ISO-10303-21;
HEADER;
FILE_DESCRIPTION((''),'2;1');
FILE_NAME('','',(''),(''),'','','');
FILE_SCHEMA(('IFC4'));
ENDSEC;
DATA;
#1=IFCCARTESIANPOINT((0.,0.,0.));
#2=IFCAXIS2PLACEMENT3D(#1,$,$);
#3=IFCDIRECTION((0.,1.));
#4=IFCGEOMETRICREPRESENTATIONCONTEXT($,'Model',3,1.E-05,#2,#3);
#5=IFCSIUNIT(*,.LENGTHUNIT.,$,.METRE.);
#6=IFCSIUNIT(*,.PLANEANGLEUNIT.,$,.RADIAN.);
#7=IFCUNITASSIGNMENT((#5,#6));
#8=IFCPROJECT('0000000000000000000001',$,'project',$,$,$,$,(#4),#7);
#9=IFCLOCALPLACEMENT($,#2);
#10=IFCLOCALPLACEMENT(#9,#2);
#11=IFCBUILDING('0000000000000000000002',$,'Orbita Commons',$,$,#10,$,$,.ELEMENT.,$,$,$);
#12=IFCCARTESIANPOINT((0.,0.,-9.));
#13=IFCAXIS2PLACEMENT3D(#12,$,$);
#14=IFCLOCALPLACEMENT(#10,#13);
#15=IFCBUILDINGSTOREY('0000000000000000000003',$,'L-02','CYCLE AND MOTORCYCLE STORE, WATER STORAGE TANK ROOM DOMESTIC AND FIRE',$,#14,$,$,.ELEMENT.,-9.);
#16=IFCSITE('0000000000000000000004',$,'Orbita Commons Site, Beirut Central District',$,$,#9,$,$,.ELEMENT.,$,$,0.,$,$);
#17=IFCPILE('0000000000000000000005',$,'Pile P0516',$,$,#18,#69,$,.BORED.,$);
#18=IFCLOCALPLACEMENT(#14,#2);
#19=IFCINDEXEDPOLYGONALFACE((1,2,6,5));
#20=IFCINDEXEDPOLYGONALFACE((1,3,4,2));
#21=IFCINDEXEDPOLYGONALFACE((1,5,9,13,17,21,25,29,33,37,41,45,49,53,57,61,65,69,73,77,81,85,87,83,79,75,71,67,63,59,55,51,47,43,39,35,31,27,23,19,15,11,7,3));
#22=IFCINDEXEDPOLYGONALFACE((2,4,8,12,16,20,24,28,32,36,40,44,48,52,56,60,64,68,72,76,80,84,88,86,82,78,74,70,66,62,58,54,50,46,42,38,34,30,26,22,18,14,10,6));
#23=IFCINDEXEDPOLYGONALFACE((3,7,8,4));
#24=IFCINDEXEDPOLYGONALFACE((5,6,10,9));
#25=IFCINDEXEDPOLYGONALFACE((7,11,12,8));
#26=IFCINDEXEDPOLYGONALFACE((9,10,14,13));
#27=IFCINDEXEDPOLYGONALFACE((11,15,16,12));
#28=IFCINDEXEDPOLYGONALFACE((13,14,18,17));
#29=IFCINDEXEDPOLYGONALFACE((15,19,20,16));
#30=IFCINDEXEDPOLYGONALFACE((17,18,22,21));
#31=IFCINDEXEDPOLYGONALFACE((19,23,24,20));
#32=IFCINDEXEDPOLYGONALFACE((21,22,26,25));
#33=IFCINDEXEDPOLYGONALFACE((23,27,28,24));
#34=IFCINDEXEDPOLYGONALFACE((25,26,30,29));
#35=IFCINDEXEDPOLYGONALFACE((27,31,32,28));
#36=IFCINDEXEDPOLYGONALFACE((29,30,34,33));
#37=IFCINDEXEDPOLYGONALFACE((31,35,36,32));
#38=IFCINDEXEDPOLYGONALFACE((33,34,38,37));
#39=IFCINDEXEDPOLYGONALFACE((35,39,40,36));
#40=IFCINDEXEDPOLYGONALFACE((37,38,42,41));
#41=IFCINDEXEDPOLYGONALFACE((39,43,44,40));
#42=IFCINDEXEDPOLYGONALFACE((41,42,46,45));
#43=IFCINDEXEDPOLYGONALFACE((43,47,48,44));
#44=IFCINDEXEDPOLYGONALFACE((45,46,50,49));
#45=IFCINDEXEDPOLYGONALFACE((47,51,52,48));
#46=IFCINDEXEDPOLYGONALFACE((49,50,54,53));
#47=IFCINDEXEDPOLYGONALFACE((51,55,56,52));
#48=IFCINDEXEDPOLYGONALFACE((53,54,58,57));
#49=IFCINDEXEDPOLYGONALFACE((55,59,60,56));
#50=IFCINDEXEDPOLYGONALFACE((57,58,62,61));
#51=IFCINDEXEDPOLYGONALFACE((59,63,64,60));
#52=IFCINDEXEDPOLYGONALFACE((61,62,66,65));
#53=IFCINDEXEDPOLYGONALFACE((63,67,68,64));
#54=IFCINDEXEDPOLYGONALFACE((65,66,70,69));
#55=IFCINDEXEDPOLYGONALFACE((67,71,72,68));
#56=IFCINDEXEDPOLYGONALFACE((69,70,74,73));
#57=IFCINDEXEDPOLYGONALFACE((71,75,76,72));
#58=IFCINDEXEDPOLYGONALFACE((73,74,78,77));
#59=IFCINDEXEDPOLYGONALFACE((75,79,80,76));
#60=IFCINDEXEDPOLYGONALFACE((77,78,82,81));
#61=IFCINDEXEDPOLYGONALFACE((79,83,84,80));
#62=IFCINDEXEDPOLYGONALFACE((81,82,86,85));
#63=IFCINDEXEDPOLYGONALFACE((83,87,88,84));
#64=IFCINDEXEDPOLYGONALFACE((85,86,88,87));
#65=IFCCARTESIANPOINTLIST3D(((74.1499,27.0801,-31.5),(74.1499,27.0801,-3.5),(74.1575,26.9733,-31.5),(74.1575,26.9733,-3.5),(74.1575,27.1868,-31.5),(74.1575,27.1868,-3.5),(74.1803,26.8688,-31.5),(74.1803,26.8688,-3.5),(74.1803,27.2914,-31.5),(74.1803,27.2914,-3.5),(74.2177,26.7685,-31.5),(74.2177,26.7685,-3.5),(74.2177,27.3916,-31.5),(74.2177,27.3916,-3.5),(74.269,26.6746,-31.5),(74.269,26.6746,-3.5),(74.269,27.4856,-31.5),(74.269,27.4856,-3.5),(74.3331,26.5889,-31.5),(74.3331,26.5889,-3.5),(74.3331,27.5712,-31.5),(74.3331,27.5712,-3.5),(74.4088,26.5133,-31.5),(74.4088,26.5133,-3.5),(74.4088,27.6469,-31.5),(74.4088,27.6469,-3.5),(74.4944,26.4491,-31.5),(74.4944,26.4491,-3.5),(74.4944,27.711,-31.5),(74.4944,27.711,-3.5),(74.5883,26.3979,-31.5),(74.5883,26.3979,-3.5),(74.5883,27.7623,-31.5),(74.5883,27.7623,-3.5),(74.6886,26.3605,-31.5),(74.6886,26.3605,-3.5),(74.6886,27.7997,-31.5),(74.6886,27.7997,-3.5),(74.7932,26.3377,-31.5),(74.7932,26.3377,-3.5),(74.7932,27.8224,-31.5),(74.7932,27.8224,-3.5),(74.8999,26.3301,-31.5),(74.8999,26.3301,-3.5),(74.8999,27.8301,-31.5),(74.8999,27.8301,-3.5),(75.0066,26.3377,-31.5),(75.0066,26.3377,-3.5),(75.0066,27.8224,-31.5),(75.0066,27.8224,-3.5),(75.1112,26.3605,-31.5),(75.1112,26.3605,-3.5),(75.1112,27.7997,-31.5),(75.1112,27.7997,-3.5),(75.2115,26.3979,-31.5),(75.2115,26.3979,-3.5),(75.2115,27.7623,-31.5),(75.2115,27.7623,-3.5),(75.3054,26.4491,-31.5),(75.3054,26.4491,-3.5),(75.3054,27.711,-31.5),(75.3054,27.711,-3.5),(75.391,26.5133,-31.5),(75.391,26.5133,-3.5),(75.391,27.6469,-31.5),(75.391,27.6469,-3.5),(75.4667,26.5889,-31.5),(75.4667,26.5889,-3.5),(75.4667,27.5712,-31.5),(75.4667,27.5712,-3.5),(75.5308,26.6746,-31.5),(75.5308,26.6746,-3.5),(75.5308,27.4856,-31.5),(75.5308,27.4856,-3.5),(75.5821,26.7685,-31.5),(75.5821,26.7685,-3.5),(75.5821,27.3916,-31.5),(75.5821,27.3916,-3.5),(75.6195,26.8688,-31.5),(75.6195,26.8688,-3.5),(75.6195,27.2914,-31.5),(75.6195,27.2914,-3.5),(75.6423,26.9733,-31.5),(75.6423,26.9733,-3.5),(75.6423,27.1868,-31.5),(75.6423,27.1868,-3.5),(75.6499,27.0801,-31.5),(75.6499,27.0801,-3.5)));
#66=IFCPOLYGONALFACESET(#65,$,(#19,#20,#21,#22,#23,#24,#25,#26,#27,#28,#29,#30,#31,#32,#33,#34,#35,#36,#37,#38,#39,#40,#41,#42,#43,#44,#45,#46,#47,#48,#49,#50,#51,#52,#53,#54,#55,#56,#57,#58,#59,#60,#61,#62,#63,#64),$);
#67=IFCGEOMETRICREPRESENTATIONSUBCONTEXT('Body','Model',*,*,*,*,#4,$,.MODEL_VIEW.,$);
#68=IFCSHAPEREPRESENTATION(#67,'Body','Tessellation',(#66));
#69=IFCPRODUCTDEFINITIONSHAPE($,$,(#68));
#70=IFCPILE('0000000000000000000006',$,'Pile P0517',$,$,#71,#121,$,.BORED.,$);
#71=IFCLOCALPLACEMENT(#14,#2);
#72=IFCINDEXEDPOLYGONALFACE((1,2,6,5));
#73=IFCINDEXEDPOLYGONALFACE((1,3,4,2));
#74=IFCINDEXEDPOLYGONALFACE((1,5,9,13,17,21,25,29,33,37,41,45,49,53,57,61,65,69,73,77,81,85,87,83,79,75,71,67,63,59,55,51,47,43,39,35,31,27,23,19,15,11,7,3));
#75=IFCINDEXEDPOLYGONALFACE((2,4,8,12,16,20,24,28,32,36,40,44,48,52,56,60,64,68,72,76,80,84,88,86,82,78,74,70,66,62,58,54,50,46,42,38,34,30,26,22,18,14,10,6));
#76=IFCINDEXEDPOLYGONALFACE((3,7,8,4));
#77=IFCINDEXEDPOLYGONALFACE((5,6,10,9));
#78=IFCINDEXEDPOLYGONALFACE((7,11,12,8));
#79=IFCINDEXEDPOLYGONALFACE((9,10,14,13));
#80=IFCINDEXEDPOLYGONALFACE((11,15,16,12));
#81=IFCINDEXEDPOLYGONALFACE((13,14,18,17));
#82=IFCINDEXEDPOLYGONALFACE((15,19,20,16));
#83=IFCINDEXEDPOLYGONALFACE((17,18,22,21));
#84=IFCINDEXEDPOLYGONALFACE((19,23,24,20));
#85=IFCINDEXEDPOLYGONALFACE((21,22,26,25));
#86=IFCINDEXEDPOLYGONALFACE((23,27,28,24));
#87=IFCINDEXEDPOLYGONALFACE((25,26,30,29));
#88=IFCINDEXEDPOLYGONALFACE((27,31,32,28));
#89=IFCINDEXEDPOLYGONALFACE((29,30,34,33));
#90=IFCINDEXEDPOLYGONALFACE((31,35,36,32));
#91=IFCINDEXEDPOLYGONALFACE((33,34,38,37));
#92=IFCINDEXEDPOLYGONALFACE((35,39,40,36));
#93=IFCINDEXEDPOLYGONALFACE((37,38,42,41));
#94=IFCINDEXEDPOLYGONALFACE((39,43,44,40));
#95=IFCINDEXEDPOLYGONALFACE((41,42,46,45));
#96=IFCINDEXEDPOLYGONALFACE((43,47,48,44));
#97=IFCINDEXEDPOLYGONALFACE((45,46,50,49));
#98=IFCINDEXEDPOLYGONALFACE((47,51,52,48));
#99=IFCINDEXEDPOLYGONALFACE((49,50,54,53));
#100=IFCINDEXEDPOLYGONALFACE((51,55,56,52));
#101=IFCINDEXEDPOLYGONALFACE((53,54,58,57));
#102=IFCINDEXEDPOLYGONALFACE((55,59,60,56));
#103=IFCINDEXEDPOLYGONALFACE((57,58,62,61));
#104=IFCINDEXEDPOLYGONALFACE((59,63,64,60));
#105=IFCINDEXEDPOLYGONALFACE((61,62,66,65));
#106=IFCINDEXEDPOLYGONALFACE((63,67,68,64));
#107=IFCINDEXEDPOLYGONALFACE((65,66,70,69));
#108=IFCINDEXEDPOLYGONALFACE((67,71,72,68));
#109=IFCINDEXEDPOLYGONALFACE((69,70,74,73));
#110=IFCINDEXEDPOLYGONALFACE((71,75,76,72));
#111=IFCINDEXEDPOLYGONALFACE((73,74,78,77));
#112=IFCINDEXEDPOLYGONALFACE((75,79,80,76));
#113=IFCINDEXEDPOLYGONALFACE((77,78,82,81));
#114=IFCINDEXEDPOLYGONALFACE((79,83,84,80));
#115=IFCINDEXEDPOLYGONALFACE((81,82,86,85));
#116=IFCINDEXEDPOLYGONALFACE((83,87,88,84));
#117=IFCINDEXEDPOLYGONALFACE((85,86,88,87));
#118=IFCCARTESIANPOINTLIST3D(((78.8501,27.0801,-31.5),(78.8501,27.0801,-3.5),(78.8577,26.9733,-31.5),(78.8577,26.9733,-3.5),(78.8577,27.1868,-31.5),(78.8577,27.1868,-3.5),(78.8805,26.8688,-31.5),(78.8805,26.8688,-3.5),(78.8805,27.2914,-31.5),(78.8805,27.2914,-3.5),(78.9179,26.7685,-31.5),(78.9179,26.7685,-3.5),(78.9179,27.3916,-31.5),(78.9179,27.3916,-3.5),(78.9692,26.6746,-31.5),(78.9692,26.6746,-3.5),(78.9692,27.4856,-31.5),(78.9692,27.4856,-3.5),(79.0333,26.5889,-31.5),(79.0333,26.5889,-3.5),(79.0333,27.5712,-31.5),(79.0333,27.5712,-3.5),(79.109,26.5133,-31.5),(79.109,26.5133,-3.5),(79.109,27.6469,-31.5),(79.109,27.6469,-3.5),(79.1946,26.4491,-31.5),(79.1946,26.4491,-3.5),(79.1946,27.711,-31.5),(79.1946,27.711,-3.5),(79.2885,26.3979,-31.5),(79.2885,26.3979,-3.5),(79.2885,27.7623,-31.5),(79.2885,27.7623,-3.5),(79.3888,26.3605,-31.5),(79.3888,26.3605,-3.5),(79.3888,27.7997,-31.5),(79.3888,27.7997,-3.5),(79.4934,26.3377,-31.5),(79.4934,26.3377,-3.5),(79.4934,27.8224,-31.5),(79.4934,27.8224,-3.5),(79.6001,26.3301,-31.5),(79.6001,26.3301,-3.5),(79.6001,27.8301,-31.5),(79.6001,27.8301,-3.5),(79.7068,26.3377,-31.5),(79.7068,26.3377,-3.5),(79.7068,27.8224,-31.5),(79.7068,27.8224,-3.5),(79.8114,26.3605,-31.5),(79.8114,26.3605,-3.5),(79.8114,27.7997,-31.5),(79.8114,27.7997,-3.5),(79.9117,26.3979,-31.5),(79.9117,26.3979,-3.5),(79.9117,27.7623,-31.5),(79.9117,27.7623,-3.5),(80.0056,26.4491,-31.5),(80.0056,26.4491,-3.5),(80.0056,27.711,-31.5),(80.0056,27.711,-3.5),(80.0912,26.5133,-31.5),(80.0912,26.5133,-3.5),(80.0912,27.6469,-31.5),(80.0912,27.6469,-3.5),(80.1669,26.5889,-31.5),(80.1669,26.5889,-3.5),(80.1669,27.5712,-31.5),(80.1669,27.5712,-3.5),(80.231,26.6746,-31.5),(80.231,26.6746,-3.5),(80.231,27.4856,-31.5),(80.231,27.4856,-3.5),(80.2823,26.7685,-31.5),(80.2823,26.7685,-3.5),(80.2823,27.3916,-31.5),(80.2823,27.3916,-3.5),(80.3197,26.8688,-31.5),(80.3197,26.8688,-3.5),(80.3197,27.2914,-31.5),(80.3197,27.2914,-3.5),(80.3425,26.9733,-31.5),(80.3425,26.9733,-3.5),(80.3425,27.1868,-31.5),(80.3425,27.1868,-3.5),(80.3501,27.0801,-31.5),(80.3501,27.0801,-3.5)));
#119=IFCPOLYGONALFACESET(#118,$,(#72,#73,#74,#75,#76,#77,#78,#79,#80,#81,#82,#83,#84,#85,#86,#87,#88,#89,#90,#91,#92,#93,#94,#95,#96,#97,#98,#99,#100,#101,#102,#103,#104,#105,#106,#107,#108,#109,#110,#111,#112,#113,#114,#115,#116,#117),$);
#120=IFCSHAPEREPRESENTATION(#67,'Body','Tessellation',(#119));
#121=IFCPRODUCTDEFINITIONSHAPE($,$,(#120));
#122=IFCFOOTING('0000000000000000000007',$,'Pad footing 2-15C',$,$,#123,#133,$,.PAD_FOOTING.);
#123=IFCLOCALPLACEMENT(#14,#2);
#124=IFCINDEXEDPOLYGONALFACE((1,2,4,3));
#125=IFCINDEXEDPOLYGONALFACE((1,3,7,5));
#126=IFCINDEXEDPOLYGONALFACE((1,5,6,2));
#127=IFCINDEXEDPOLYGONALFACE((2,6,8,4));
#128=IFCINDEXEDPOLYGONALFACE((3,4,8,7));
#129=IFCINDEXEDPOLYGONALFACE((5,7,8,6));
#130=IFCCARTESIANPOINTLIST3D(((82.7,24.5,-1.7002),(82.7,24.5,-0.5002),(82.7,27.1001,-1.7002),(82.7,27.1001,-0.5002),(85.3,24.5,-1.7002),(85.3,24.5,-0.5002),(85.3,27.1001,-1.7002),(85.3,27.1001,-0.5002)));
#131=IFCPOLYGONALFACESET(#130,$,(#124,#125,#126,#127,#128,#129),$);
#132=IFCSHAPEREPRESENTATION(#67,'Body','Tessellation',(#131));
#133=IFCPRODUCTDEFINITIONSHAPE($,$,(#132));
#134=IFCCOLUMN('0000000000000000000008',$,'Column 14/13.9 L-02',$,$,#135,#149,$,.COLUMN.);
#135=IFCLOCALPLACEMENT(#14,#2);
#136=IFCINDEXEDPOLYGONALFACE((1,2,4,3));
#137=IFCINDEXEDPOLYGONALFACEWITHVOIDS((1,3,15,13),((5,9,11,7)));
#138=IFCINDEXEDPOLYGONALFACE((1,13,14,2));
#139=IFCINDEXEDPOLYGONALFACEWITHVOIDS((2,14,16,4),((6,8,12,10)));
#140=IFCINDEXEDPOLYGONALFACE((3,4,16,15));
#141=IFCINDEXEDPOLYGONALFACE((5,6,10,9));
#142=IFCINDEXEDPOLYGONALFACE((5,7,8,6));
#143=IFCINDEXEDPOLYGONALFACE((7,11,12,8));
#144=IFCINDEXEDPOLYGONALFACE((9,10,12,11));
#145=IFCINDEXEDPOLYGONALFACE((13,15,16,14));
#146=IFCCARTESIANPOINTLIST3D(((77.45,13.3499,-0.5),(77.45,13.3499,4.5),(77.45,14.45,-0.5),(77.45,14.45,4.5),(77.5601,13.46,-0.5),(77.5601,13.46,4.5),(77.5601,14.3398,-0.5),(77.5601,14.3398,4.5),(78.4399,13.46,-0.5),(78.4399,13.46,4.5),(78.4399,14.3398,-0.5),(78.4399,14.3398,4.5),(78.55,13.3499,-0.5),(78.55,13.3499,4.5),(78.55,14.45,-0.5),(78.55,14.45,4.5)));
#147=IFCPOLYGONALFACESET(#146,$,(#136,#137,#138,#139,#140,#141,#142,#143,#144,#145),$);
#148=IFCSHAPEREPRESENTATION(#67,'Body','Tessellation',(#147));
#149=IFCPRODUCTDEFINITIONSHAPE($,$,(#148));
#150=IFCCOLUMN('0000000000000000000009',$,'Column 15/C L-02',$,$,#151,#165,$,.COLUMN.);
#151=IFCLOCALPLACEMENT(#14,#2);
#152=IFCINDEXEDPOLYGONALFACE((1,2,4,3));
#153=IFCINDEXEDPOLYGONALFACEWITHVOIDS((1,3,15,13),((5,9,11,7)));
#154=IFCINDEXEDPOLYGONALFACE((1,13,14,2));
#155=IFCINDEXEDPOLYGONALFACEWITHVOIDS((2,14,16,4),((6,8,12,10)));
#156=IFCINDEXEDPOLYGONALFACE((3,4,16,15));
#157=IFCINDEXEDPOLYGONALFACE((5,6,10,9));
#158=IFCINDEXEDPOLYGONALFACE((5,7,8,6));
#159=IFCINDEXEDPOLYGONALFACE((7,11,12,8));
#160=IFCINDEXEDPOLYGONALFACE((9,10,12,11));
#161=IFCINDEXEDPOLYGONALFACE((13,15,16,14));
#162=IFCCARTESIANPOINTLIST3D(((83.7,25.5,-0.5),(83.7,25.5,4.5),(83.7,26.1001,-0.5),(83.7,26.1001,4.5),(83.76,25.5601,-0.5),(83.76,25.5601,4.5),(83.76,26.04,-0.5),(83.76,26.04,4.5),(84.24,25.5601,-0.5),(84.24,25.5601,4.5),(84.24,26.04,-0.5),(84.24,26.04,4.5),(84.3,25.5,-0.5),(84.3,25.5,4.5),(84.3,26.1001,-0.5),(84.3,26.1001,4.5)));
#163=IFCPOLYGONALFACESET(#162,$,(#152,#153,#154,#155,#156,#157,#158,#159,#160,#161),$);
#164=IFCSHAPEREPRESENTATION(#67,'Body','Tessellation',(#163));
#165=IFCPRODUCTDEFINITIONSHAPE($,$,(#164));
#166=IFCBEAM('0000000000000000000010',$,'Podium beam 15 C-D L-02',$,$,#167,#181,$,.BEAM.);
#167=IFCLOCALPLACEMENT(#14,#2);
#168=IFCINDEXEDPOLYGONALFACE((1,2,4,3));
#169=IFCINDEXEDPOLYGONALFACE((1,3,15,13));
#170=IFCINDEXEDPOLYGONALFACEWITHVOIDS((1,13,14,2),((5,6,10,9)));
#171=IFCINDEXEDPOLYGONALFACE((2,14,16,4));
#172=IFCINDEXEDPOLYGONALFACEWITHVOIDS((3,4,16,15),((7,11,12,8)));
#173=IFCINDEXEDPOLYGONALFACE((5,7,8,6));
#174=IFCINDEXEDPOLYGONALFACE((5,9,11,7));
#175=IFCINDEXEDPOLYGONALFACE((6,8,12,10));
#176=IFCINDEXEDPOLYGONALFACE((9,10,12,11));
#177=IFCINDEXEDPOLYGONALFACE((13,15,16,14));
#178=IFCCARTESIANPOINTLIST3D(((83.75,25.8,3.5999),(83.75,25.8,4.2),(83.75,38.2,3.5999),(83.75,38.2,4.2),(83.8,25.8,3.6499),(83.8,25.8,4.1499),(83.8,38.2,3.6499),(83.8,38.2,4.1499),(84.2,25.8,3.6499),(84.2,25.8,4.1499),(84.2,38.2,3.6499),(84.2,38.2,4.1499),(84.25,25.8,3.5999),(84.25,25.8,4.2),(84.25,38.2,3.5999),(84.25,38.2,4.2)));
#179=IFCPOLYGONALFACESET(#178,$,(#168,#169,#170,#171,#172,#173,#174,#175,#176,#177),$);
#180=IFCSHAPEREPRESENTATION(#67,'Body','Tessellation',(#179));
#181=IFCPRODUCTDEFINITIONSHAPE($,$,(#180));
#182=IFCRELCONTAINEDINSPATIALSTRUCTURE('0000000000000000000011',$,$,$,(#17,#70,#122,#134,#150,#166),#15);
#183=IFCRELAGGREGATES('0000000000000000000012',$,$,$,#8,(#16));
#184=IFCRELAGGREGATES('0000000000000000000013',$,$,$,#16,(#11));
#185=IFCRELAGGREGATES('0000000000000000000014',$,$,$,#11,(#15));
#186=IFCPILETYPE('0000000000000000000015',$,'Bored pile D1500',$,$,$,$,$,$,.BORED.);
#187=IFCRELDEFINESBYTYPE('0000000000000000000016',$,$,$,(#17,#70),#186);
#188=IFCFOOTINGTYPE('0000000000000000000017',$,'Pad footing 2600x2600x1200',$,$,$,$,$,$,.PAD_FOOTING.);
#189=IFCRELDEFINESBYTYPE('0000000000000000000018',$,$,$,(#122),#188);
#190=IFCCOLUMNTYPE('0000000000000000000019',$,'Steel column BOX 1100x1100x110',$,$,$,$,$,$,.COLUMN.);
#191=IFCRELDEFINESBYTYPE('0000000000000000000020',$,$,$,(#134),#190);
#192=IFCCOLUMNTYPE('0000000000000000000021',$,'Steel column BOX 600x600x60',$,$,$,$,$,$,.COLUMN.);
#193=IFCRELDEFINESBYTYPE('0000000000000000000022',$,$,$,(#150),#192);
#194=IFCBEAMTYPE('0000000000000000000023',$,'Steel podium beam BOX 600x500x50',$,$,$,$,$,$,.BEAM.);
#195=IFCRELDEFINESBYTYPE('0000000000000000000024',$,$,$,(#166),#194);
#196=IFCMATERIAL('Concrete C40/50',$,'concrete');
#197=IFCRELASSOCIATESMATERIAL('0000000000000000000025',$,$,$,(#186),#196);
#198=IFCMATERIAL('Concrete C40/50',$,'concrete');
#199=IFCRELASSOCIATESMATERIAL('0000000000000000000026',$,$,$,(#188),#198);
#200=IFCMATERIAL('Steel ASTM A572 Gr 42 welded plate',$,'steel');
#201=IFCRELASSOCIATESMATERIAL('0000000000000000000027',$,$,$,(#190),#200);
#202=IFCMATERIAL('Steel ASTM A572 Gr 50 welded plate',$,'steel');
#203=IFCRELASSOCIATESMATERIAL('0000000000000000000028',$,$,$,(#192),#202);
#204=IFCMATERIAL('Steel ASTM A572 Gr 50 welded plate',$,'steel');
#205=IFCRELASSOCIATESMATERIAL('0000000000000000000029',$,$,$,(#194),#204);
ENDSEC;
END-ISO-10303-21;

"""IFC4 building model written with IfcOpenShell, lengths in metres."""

from ifc_helpers import new_model, si_unit, direction, frame, origin, origin_2d, place, context, subcontext, project, spatial, rectangle, hollow_rectangle, circle, extrude, material, material_profile, profile_set, type_object, element, save


model = new_model("IFC4")

# Units and contexts
model_context = context("Model", 3, precision=1e-05, world=origin(), true_north=direction((0.0, 1.0)))
body_context = subcontext(model_context, "Body", "Model", "MODEL_VIEW")
ifc_project = project(units=[si_unit("LENGTHUNIT", "METRE"), si_unit("PLANEANGLEUNIT", "RADIAN")], contexts=[model_context])

# Site, building, storey
site_placement = place(None, origin())
site = spatial("IfcSite", under=ifc_project, at=site_placement, Name="Orbita Commons Site, Beirut Central District", CompositionType="ELEMENT", RefElevation=0.0)
building_placement = place(site_placement, origin())
building = spatial("IfcBuilding", under=site, at=building_placement, Name="Orbita Commons", CompositionType="ELEMENT")
storey_placement = place(building_placement, frame((0.0, 0.0, -9.0)))
storey = spatial("IfcBuildingStorey", under=building, at=storey_placement, Name="L-02", Description="CYCLE AND MOTORCYCLE STORE, WATER STORAGE TANK ROOM DOMESTIC AND FIRE", CompositionType="ELEMENT", Elevation=-9.0)

# Piles
ifc_material_1 = material(Name="Concrete C40/50", Category="concrete")
ifc_material_profile_1 = material_profile(ifc_material_1, circle(Radius=0.75, at=origin_2d()), Name="RC D1500")
ifc_profile_set_1 = profile_set([ifc_material_profile_1], Name="Concrete C40/50")
pile_type = type_object("IfcPileType", Name="Bored pile D1500", PredefinedType="BORED", material=ifc_profile_set_1)
for number, where, z_axis, x_axis, name in (
    (1, (74.8999, 27.0801, -3.5), (0.0, 0.0, -1.0), (1.0, 0.0, 0.0), "Pile P0516"),
    (2, (79.6001, 27.0801, -3.5), (0.0, 0.0, -1.0), (1.0, 0.0, 0.0), "Pile P0517"),
):
    element("IfcPile", number, at=place(storey_placement, frame(where, z_axis=z_axis, x_axis=x_axis)), inside=storey, type_object=pile_type, Name=name, PredefinedType="BORED", context=body_context, shape_type="SweptSolid", body=[
        extrude(circle(Radius=0.75, at=origin_2d()), origin(), (0.0, 0.0, 1.0), 28.0),
    ])

# Footing
ifc_material_2 = material(Name="Concrete C40/50", Category="concrete")
footing_type = type_object("IfcFootingType", Name="Pad footing 2600x2600x1200", PredefinedType="PAD_FOOTING", material=ifc_material_2)
footing_placement = place(storey_placement, frame((84.0, 25.8, -1.7002), z_axis=(0.0, 0.0, 1.0), x_axis=(1.0, 0.0, 0.0)))
element("IfcFooting", 3, at=footing_placement, inside=storey, type_object=footing_type, Name="Pad footing 2-15C", PredefinedType="PAD_FOOTING", context=body_context, shape_type="SweptSolid", body=[
    extrude(rectangle(XDim=2.6001, YDim=2.6001, at=origin_2d()), origin(), (0.0, 0.0, 1.0), 1.2),
])

# Columns
ifc_material_3 = material(Name="Steel ASTM A572 Gr 42 welded plate", Category="steel")
ifc_material_profile_2 = material_profile(ifc_material_3, hollow_rectangle(XDim=1.1001, YDim=1.1001, WallThickness=0.1101, at=origin_2d()), Name="BOX 1100x1100x110")
ifc_profile_set_2 = profile_set([ifc_material_profile_2], Name="Steel ASTM A572 Gr 42 welded plate")
column_type_1 = type_object("IfcColumnType", Name="Steel column BOX 1100x1100x110", PredefinedType="COLUMN", material=ifc_profile_set_2)
column_1_placement = place(storey_placement, frame((78.0, 13.8999, -0.5), z_axis=(0.0, 0.0, 1.0), x_axis=(1.0, 0.0, 0.0)))
element("IfcColumn", 4, at=column_1_placement, inside=storey, type_object=column_type_1, Name="Column 14/13.9 L-02", PredefinedType="COLUMN", context=body_context, shape_type="SweptSolid", body=[
    extrude(hollow_rectangle(XDim=1.1001, YDim=1.1001, WallThickness=0.1101, at=origin_2d()), origin(), (0.0, 0.0, 1.0), 5.0),
])
ifc_material_4 = material(Name="Steel ASTM A572 Gr 50 welded plate", Category="steel")
ifc_material_profile_3 = material_profile(ifc_material_4, hollow_rectangle(XDim=0.6001, YDim=0.6001, WallThickness=0.0601, at=origin_2d()), Name="BOX 600x600x60")
ifc_profile_set_3 = profile_set([ifc_material_profile_3], Name="Steel ASTM A572 Gr 50 welded plate")
column_type_2 = type_object("IfcColumnType", Name="Steel column BOX 600x600x60", PredefinedType="COLUMN", material=ifc_profile_set_3)
column_2_placement = place(storey_placement, frame((84.0, 25.8, -0.5), z_axis=(0.0, 0.0, 1.0), x_axis=(1.0, 0.0, 0.0)))
element("IfcColumn", 5, at=column_2_placement, inside=storey, type_object=column_type_2, Name="Column 15/C L-02", PredefinedType="COLUMN", context=body_context, shape_type="SweptSolid", body=[
    extrude(hollow_rectangle(XDim=0.6001, YDim=0.6001, WallThickness=0.0601, at=origin_2d()), origin(), (0.0, 0.0, 1.0), 5.0),
])

# Beam
ifc_material_5 = material(Name="Steel ASTM A572 Gr 50 welded plate", Category="steel")
ifc_material_profile_4 = material_profile(ifc_material_5, hollow_rectangle(XDim=0.5, YDim=0.6001, WallThickness=0.05, at=origin_2d()), Name="BOX 600x500x50")
ifc_profile_set_4 = profile_set([ifc_material_profile_4], Name="Steel ASTM A572 Gr 50 welded plate")
beam_type = type_object("IfcBeamType", Name="Steel podium beam BOX 600x500x50", PredefinedType="BEAM", material=ifc_profile_set_4)
beam_1_placement = place(storey_placement, frame((84.0, 25.8, 3.8999), z_axis=(0.0, 1.0, 0.0), x_axis=(-1.0, 0.0, 0.0)))
element("IfcBeam", 6, at=beam_1_placement, inside=storey, type_object=beam_type, Name="Podium beam 15 C-D L-02", PredefinedType="BEAM", context=body_context, shape_type="SweptSolid", body=[
    extrude(hollow_rectangle(XDim=0.5, YDim=0.6001, WallThickness=0.05, at=origin_2d()), origin(), (0.0, 0.0, 1.0), 12.3999),
])

save(model, "model.ifc")
